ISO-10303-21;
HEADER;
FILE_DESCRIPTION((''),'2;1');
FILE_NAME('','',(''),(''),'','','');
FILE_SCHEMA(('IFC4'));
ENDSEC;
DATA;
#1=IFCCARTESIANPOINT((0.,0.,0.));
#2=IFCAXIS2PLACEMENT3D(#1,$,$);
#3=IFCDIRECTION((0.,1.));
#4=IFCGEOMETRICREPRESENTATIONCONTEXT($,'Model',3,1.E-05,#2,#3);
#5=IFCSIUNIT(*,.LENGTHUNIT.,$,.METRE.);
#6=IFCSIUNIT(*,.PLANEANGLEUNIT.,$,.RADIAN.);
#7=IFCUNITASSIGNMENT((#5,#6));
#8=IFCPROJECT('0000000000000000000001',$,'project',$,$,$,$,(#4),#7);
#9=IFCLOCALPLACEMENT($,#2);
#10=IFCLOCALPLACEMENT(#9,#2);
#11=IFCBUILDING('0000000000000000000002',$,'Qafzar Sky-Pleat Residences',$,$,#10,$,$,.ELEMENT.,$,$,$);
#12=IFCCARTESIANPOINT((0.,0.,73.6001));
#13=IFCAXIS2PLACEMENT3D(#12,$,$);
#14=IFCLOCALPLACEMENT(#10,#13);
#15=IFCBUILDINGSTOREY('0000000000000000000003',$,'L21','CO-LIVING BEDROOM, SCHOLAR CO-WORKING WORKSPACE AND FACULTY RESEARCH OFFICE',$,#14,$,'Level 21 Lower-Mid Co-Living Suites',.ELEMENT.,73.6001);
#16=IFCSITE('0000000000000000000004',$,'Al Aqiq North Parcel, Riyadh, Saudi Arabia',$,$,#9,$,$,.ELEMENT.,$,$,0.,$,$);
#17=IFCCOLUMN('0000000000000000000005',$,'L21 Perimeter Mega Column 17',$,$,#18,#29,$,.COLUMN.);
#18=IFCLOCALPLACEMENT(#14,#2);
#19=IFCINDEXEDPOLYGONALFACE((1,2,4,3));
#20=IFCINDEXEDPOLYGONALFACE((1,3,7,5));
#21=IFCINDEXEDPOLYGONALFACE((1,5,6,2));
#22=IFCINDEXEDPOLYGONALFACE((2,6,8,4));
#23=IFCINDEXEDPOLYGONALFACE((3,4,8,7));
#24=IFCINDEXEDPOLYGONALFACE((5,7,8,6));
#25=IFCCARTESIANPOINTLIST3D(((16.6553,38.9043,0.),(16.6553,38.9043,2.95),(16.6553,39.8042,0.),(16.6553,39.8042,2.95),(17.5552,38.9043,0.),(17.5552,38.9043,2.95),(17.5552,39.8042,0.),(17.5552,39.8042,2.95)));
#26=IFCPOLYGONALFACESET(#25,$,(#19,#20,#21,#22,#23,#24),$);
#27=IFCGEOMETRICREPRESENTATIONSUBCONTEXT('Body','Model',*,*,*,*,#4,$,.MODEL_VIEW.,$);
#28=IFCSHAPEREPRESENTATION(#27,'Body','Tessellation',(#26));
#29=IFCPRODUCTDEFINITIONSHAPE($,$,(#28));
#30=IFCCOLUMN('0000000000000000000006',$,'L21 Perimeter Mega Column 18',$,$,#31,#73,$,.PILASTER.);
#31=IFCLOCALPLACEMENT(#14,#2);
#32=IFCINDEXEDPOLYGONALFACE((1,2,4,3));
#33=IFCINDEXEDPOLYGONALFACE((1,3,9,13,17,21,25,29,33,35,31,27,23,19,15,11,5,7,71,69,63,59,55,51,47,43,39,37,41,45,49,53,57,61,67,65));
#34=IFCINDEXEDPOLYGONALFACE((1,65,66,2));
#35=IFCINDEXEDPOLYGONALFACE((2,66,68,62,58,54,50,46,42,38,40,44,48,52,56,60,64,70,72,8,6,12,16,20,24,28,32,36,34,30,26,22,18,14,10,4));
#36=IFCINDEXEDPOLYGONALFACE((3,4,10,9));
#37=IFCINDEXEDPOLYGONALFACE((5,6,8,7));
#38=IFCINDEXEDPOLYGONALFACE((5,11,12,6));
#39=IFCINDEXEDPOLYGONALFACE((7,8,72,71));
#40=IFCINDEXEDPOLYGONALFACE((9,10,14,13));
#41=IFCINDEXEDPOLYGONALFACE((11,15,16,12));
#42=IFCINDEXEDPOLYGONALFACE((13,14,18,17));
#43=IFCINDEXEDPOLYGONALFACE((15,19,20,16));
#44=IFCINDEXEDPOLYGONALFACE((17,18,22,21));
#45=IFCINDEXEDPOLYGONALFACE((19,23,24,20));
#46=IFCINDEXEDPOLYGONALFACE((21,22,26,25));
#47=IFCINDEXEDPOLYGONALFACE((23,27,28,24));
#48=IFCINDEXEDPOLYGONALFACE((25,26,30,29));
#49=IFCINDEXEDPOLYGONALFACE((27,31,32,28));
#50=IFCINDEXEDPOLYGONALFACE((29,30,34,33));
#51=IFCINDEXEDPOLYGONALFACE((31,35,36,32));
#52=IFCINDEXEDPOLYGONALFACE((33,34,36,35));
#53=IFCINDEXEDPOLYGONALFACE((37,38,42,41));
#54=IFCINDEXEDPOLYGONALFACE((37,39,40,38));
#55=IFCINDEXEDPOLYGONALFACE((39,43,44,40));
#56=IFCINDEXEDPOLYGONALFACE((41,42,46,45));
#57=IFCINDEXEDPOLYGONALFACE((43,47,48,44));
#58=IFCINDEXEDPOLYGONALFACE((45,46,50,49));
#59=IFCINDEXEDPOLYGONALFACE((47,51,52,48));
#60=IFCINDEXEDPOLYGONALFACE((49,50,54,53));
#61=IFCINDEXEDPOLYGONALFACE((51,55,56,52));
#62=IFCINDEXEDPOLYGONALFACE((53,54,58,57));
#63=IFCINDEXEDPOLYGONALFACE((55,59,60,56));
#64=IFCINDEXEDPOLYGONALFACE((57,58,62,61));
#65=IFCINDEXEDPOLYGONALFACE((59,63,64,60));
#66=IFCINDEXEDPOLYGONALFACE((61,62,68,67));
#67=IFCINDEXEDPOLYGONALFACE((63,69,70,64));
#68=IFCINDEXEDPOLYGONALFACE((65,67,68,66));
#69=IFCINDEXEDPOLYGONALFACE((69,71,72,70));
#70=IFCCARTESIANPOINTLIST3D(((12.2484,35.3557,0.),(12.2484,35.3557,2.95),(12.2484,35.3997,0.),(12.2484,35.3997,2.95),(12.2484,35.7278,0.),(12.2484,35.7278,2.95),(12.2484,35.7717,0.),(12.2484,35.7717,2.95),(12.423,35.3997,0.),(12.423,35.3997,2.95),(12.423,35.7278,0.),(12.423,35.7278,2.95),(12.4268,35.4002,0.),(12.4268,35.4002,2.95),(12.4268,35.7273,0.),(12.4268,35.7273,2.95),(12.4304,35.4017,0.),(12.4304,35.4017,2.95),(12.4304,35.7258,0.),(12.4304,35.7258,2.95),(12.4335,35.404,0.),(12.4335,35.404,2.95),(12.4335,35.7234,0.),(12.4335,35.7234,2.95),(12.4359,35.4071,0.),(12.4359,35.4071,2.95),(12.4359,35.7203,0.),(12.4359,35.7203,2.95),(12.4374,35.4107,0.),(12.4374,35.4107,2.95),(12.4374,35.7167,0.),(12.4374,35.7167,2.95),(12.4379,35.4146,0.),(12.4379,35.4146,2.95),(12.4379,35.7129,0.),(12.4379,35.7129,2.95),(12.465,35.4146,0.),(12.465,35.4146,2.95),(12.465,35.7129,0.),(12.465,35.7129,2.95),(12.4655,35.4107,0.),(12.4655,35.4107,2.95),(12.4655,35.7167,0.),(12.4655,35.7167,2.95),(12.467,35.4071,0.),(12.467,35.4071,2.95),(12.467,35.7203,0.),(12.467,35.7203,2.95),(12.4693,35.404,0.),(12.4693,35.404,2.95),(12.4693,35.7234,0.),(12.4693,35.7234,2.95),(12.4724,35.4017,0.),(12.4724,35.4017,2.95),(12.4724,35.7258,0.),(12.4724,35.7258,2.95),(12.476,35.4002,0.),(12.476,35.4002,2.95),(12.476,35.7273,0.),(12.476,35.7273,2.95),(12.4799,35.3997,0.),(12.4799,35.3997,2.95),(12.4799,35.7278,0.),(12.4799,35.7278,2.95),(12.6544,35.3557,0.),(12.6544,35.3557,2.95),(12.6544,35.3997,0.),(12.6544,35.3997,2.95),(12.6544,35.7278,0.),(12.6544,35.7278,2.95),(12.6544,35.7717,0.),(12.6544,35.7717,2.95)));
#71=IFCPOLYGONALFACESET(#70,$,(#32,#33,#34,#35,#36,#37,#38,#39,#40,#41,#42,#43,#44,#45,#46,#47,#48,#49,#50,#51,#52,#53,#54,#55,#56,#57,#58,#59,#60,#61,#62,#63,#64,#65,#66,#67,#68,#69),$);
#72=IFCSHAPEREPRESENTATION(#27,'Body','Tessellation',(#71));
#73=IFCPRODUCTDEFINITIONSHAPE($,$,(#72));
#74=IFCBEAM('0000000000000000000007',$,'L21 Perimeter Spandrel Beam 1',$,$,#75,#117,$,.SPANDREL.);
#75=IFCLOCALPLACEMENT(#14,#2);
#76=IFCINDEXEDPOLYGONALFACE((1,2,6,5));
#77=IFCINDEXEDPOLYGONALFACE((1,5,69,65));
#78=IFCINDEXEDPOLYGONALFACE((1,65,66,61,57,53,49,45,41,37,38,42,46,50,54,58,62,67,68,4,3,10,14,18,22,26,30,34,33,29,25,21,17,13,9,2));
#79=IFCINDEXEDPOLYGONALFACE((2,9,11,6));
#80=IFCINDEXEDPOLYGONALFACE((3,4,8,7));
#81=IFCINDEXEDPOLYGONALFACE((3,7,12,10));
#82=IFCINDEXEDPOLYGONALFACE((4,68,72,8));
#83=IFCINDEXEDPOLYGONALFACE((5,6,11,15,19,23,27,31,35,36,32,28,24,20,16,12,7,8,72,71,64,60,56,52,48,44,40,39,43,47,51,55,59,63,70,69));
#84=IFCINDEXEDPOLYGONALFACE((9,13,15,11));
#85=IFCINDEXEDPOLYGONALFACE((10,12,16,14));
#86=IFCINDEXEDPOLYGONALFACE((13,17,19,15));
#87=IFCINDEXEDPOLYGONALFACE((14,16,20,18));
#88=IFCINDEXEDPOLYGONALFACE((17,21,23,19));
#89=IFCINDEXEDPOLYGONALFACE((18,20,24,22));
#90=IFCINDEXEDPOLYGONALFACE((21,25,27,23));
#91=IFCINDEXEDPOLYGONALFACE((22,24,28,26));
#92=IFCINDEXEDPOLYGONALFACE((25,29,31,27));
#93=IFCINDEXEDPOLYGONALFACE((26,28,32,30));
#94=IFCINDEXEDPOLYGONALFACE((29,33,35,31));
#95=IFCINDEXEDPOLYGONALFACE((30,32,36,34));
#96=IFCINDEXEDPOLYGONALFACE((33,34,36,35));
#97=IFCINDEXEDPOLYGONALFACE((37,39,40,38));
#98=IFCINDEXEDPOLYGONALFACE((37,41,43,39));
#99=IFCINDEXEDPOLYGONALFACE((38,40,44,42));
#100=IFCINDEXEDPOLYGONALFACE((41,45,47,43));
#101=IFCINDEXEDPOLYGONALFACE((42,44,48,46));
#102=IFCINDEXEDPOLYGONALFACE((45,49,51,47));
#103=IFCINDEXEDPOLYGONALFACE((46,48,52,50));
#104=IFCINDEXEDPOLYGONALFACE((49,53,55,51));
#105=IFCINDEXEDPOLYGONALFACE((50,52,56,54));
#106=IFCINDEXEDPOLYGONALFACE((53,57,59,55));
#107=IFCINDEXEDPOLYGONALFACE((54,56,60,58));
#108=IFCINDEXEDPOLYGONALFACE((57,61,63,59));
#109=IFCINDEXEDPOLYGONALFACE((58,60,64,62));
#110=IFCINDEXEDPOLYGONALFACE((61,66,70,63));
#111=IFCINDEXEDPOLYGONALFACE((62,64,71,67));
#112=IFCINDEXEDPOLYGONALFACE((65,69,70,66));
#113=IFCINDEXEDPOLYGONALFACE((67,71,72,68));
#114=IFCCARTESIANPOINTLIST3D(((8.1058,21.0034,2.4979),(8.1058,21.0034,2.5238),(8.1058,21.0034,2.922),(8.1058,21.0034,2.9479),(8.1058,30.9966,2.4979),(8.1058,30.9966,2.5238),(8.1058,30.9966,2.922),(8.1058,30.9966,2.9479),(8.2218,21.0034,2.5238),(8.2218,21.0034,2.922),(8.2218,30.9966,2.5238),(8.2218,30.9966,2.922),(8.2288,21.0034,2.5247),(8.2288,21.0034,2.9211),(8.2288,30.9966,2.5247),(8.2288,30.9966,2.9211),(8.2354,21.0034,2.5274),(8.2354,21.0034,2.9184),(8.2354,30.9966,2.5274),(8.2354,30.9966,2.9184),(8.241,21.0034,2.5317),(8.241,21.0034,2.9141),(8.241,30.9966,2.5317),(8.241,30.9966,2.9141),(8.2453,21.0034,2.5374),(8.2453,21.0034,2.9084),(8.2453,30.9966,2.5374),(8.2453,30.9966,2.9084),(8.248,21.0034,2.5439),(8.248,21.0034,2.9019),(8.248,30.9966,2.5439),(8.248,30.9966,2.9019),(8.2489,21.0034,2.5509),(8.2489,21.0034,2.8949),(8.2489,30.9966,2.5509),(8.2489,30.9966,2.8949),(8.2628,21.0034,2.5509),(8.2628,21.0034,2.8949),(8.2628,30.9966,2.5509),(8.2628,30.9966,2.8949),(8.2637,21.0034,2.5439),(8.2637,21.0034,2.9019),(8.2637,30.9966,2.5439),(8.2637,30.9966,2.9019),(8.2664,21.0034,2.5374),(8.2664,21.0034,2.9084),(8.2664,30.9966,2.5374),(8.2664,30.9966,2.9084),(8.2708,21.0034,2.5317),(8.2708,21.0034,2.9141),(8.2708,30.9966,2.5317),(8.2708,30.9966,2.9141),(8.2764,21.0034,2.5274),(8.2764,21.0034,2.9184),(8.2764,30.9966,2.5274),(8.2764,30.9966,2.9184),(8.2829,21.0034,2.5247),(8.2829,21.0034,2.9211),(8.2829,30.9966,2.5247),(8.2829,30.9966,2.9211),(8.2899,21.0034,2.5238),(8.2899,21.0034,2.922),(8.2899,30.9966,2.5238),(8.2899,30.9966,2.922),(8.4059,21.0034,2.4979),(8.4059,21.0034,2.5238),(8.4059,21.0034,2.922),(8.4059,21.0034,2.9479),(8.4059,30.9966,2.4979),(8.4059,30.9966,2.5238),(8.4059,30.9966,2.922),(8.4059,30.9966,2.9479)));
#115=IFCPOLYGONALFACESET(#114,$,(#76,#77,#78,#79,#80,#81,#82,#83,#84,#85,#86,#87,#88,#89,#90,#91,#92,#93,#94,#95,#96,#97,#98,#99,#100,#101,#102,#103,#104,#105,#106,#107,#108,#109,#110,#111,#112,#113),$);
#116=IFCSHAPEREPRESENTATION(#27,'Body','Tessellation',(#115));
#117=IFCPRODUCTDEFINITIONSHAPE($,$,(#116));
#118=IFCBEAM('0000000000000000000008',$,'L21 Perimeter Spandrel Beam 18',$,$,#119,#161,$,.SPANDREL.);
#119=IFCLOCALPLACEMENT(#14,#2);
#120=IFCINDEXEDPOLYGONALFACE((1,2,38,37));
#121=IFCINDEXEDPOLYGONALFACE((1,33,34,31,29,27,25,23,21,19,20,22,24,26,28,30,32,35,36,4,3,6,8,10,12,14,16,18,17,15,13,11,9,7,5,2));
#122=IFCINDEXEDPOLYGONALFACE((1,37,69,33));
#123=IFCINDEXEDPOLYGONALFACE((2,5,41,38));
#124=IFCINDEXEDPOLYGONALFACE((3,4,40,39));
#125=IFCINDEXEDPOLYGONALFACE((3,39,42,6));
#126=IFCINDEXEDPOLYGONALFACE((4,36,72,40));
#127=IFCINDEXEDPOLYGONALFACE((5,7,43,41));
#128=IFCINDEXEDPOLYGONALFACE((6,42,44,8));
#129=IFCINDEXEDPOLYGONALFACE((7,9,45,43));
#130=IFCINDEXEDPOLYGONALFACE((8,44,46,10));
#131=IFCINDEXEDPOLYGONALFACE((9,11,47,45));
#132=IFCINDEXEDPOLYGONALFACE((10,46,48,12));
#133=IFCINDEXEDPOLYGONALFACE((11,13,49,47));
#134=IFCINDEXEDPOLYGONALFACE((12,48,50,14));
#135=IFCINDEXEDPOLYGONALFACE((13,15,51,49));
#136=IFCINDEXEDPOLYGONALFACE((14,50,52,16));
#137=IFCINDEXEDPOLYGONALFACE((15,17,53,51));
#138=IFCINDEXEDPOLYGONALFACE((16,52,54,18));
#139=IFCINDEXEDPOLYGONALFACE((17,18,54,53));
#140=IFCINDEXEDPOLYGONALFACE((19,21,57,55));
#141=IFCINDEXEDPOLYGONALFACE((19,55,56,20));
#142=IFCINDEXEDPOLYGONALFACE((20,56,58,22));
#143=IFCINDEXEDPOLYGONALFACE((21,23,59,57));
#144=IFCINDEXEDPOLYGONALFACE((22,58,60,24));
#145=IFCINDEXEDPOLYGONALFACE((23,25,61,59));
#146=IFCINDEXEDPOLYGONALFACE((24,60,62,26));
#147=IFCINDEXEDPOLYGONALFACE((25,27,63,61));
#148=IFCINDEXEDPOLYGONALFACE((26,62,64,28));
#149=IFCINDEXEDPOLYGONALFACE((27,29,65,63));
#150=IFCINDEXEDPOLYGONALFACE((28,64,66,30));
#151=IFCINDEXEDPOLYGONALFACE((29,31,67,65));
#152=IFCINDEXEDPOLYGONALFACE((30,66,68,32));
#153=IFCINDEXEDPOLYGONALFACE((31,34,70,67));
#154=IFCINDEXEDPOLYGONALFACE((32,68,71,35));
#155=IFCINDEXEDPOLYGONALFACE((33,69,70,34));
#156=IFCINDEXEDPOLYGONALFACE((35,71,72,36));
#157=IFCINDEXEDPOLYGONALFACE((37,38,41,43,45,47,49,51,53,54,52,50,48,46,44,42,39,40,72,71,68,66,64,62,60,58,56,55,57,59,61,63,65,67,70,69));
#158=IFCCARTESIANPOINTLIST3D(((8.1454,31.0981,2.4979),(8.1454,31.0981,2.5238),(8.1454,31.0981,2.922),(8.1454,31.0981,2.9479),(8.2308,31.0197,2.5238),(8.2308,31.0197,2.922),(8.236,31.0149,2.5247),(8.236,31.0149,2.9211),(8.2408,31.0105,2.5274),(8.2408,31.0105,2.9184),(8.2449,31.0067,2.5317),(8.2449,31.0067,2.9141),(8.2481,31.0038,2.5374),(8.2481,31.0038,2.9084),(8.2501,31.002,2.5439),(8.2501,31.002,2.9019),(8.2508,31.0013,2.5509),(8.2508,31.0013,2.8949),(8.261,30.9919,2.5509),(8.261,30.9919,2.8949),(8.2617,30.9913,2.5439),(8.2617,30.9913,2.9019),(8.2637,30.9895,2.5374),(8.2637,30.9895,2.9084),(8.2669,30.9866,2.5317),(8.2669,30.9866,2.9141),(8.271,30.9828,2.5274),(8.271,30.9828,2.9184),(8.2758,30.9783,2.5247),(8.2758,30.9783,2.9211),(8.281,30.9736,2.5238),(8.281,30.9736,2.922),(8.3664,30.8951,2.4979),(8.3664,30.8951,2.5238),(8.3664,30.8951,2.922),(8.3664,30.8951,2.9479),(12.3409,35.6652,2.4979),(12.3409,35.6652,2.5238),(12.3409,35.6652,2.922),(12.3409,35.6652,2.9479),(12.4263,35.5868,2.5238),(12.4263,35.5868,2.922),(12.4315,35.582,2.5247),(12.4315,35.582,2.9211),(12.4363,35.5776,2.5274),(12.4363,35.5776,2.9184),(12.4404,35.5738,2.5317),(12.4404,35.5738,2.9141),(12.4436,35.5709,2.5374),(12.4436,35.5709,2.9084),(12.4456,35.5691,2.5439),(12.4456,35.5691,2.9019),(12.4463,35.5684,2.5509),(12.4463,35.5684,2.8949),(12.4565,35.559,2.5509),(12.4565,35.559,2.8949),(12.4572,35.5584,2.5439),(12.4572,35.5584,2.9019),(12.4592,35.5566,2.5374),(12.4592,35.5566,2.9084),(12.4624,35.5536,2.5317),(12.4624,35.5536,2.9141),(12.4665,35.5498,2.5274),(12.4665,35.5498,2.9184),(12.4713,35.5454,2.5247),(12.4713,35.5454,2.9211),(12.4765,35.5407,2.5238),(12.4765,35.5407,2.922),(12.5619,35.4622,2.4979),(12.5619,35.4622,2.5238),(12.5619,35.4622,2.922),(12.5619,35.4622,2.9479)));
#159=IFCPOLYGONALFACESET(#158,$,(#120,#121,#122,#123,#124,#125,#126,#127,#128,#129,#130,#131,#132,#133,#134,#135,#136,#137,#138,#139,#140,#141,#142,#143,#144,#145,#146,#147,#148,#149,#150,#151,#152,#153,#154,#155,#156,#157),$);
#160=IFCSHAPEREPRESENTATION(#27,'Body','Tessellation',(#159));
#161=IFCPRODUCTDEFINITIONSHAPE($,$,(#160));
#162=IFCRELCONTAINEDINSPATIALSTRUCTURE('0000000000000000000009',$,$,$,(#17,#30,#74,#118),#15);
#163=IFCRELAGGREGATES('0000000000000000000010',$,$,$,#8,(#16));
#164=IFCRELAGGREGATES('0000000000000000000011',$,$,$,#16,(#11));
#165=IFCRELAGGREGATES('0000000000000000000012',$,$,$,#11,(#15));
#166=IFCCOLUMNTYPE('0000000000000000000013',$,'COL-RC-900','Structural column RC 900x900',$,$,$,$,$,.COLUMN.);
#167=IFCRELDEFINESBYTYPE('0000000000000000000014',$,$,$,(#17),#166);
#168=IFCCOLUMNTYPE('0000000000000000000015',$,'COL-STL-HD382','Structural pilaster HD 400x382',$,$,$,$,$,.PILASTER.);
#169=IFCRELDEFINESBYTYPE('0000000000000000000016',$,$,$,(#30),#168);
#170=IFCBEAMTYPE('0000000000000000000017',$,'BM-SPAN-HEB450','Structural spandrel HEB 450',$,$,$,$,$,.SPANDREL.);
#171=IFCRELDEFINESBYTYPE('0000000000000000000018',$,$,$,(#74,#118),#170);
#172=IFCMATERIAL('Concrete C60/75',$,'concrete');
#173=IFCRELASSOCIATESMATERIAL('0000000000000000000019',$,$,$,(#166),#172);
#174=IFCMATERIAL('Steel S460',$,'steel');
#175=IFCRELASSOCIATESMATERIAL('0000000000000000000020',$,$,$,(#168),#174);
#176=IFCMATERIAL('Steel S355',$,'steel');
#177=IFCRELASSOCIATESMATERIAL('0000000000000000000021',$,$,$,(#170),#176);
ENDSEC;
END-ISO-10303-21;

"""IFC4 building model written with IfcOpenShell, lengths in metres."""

from ifc_helpers import new_model, si_unit, direction, frame, origin, origin_2d, place, context, subcontext, project, spatial, rectangle, i_section, extrude, source, transform, mapped, material, material_profile, profile_set, type_object, element, save


model = new_model("IFC4")

# Units and contexts
model_context = context("Model", 3, precision=1e-05, world=origin(), true_north=direction((0.0, 1.0)))
body_context = subcontext(model_context, "Body", "Model", "MODEL_VIEW")
ifc_project = project(units=[si_unit("LENGTHUNIT", "METRE"), si_unit("PLANEANGLEUNIT", "RADIAN")], contexts=[model_context])

# Site, building, storey
site_placement = place(None, origin())
site = spatial("IfcSite", under=ifc_project, at=site_placement, Name="Al Aqiq North Parcel, Riyadh, Saudi Arabia", CompositionType="ELEMENT", RefElevation=0.0)
building_placement = place(site_placement, origin())
building = spatial("IfcBuilding", under=site, at=building_placement, Name="Qafzar Sky-Pleat Residences", CompositionType="ELEMENT")
storey_placement = place(building_placement, frame((0.0, 0.0, 73.6001)))
storey = spatial("IfcBuildingStorey", under=building, at=storey_placement, Name="L21", Description="CO-LIVING BEDROOM, SCHOLAR CO-WORKING WORKSPACE AND FACULTY RESEARCH OFFICE", LongName="Level 21 Lower-Mid Co-Living Suites", CompositionType="ELEMENT", Elevation=73.6001)

# Columns
ifc_material_1 = material(Name="Concrete C60/75", Category="concrete")
ifc_material_profile_1 = material_profile(ifc_material_1, rectangle(XDim=0.8999, YDim=0.8999, at=origin_2d()), Name="RC 900x900")
ifc_profile_set_1 = profile_set([ifc_material_profile_1], Name="Concrete C60/75")
column_type_1 = type_object("IfcColumnType", Name="COL-RC-900", Description="Structural column RC 900x900", PredefinedType="COLUMN", material=ifc_profile_set_1)
shared_shape_1 = source(origin(), body_context, "Body", "SweptSolid", [
    extrude(rectangle(XDim=0.8999, YDim=0.8999, at=origin_2d()), origin(), (0.0, 0.0, 1.0), 2.95),
])
column_1_placement = place(storey_placement, frame((17.1052, 39.3542, 0.0), z_axis=(0.0, 0.0, 1.0), x_axis=(1.0, 0.0, 0.0)))
element("IfcColumn", 1, at=column_1_placement, inside=storey, type_object=column_type_1, Name="L21 Perimeter Mega Column 17", PredefinedType="COLUMN", context=body_context, shape_type="MappedRepresentation", body=[
    mapped(shared_shape_1, transform((0.0, 0.0, 0.0), x_axis=(1.0, 0.0, 0.0), y_axis=(0.0, 1.0, 0.0), z_axis=(0.0, 0.0, 1.0), scale=1.0)),
])
ifc_material_2 = material(Name="Steel S460", Category="steel")
ifc_material_profile_2 = material_profile(ifc_material_2, i_section(OverallWidth=0.406, OverallDepth=0.416, WebThickness=0.0271, FlangeThickness=0.0439, FilletRadius=0.0149, at=origin_2d()), Name="HD 400x382")
ifc_profile_set_2 = profile_set([ifc_material_profile_2], Name="Steel S460")
column_type_2 = type_object("IfcColumnType", Name="COL-STL-HD382", Description="Structural pilaster HD 400x382", PredefinedType="PILASTER", material=ifc_profile_set_2)
shared_shape_2 = source(origin(), body_context, "Body", "SweptSolid", [
    extrude(i_section(OverallWidth=0.406, OverallDepth=0.416, WebThickness=0.0271, FlangeThickness=0.0439, FilletRadius=0.0149, at=origin_2d()), origin(), (0.0, 0.0, 1.0), 2.95),
])
column_2_placement = place(storey_placement, frame((12.4514, 35.5637, 0.0), z_axis=(0.0, 0.0, 1.0), x_axis=(1.0, 0.0, 0.0)))
element("IfcColumn", 2, at=column_2_placement, inside=storey, type_object=column_type_2, Name="L21 Perimeter Mega Column 18", PredefinedType="PILASTER", context=body_context, shape_type="MappedRepresentation", body=[
    mapped(shared_shape_2, transform((0.0, 0.0, 0.0), x_axis=(1.0, 0.0, 0.0), y_axis=(0.0, 1.0, 0.0), z_axis=(0.0, 0.0, 1.0), scale=1.0)),
])

# Beams
ifc_material_3 = material(Name="Steel S355", Category="steel")
ifc_material_profile_3 = material_profile(ifc_material_3, i_section(OverallWidth=0.3, OverallDepth=0.45, WebThickness=0.0139, FlangeThickness=0.0259, FilletRadius=0.0271, at=origin_2d()), Name="HEB 450")
ifc_profile_set_3 = profile_set([ifc_material_profile_3], Name="Steel S355")
beam_type_1 = type_object("IfcBeamType", Name="BM-SPAN-HEB450", Description="Structural spandrel HEB 450", PredefinedType="SPANDREL", material=ifc_profile_set_3)
shared_shape_3 = source(origin(), body_context, "Body", "SweptSolid", [
    extrude(i_section(OverallWidth=0.3, OverallDepth=0.45, WebThickness=0.0139, FlangeThickness=0.0259, FilletRadius=0.0271, at=origin_2d()), origin(), (0.0, 0.0, 1.0), 9.9932),
])
beam_1_placement = place(storey_placement, frame((8.2559, 30.9966, 2.7229), z_axis=(0.0, -1.0, 0.0), x_axis=(1.0, 0.0, 0.0)))
element("IfcBeam", 3, at=beam_1_placement, inside=storey, type_object=beam_type_1, Name="L21 Perimeter Spandrel Beam 1", PredefinedType="SPANDREL", context=body_context, shape_type="MappedRepresentation", body=[
    mapped(shared_shape_3, transform((0.0, 0.0, 0.0), x_axis=(1.0, 0.0, 0.0), y_axis=(0.0, 1.0, 0.0), z_axis=(0.0, 0.0, 1.0), scale=1.0)),
])
shared_shape_4 = source(origin(), body_context, "Body", "SweptSolid", [
    extrude(i_section(OverallWidth=0.3, OverallDepth=0.45, WebThickness=0.0139, FlangeThickness=0.0259, FilletRadius=0.0271, at=origin_2d()), origin(), (0.0, 0.0, 1.0), 6.2017),
])
beam_2_placement = place(storey_placement, frame((12.4514, 35.5637, 2.7229), z_axis=(-0.676514, -0.73643, 0.0), x_axis=(0.73643, -0.676514, 0.0)))
element("IfcBeam", 4, at=beam_2_placement, inside=storey, type_object=beam_type_1, Name="L21 Perimeter Spandrel Beam 18", PredefinedType="SPANDREL", context=body_context, shape_type="MappedRepresentation", body=[
    mapped(shared_shape_4, transform((0.0, 0.0, 0.0), x_axis=(1.0, 0.0, 0.0), y_axis=(0.0, 1.0, 0.0), z_axis=(0.0, 0.0, 1.0), scale=1.0)),
])

save(model, "model.ifc")
